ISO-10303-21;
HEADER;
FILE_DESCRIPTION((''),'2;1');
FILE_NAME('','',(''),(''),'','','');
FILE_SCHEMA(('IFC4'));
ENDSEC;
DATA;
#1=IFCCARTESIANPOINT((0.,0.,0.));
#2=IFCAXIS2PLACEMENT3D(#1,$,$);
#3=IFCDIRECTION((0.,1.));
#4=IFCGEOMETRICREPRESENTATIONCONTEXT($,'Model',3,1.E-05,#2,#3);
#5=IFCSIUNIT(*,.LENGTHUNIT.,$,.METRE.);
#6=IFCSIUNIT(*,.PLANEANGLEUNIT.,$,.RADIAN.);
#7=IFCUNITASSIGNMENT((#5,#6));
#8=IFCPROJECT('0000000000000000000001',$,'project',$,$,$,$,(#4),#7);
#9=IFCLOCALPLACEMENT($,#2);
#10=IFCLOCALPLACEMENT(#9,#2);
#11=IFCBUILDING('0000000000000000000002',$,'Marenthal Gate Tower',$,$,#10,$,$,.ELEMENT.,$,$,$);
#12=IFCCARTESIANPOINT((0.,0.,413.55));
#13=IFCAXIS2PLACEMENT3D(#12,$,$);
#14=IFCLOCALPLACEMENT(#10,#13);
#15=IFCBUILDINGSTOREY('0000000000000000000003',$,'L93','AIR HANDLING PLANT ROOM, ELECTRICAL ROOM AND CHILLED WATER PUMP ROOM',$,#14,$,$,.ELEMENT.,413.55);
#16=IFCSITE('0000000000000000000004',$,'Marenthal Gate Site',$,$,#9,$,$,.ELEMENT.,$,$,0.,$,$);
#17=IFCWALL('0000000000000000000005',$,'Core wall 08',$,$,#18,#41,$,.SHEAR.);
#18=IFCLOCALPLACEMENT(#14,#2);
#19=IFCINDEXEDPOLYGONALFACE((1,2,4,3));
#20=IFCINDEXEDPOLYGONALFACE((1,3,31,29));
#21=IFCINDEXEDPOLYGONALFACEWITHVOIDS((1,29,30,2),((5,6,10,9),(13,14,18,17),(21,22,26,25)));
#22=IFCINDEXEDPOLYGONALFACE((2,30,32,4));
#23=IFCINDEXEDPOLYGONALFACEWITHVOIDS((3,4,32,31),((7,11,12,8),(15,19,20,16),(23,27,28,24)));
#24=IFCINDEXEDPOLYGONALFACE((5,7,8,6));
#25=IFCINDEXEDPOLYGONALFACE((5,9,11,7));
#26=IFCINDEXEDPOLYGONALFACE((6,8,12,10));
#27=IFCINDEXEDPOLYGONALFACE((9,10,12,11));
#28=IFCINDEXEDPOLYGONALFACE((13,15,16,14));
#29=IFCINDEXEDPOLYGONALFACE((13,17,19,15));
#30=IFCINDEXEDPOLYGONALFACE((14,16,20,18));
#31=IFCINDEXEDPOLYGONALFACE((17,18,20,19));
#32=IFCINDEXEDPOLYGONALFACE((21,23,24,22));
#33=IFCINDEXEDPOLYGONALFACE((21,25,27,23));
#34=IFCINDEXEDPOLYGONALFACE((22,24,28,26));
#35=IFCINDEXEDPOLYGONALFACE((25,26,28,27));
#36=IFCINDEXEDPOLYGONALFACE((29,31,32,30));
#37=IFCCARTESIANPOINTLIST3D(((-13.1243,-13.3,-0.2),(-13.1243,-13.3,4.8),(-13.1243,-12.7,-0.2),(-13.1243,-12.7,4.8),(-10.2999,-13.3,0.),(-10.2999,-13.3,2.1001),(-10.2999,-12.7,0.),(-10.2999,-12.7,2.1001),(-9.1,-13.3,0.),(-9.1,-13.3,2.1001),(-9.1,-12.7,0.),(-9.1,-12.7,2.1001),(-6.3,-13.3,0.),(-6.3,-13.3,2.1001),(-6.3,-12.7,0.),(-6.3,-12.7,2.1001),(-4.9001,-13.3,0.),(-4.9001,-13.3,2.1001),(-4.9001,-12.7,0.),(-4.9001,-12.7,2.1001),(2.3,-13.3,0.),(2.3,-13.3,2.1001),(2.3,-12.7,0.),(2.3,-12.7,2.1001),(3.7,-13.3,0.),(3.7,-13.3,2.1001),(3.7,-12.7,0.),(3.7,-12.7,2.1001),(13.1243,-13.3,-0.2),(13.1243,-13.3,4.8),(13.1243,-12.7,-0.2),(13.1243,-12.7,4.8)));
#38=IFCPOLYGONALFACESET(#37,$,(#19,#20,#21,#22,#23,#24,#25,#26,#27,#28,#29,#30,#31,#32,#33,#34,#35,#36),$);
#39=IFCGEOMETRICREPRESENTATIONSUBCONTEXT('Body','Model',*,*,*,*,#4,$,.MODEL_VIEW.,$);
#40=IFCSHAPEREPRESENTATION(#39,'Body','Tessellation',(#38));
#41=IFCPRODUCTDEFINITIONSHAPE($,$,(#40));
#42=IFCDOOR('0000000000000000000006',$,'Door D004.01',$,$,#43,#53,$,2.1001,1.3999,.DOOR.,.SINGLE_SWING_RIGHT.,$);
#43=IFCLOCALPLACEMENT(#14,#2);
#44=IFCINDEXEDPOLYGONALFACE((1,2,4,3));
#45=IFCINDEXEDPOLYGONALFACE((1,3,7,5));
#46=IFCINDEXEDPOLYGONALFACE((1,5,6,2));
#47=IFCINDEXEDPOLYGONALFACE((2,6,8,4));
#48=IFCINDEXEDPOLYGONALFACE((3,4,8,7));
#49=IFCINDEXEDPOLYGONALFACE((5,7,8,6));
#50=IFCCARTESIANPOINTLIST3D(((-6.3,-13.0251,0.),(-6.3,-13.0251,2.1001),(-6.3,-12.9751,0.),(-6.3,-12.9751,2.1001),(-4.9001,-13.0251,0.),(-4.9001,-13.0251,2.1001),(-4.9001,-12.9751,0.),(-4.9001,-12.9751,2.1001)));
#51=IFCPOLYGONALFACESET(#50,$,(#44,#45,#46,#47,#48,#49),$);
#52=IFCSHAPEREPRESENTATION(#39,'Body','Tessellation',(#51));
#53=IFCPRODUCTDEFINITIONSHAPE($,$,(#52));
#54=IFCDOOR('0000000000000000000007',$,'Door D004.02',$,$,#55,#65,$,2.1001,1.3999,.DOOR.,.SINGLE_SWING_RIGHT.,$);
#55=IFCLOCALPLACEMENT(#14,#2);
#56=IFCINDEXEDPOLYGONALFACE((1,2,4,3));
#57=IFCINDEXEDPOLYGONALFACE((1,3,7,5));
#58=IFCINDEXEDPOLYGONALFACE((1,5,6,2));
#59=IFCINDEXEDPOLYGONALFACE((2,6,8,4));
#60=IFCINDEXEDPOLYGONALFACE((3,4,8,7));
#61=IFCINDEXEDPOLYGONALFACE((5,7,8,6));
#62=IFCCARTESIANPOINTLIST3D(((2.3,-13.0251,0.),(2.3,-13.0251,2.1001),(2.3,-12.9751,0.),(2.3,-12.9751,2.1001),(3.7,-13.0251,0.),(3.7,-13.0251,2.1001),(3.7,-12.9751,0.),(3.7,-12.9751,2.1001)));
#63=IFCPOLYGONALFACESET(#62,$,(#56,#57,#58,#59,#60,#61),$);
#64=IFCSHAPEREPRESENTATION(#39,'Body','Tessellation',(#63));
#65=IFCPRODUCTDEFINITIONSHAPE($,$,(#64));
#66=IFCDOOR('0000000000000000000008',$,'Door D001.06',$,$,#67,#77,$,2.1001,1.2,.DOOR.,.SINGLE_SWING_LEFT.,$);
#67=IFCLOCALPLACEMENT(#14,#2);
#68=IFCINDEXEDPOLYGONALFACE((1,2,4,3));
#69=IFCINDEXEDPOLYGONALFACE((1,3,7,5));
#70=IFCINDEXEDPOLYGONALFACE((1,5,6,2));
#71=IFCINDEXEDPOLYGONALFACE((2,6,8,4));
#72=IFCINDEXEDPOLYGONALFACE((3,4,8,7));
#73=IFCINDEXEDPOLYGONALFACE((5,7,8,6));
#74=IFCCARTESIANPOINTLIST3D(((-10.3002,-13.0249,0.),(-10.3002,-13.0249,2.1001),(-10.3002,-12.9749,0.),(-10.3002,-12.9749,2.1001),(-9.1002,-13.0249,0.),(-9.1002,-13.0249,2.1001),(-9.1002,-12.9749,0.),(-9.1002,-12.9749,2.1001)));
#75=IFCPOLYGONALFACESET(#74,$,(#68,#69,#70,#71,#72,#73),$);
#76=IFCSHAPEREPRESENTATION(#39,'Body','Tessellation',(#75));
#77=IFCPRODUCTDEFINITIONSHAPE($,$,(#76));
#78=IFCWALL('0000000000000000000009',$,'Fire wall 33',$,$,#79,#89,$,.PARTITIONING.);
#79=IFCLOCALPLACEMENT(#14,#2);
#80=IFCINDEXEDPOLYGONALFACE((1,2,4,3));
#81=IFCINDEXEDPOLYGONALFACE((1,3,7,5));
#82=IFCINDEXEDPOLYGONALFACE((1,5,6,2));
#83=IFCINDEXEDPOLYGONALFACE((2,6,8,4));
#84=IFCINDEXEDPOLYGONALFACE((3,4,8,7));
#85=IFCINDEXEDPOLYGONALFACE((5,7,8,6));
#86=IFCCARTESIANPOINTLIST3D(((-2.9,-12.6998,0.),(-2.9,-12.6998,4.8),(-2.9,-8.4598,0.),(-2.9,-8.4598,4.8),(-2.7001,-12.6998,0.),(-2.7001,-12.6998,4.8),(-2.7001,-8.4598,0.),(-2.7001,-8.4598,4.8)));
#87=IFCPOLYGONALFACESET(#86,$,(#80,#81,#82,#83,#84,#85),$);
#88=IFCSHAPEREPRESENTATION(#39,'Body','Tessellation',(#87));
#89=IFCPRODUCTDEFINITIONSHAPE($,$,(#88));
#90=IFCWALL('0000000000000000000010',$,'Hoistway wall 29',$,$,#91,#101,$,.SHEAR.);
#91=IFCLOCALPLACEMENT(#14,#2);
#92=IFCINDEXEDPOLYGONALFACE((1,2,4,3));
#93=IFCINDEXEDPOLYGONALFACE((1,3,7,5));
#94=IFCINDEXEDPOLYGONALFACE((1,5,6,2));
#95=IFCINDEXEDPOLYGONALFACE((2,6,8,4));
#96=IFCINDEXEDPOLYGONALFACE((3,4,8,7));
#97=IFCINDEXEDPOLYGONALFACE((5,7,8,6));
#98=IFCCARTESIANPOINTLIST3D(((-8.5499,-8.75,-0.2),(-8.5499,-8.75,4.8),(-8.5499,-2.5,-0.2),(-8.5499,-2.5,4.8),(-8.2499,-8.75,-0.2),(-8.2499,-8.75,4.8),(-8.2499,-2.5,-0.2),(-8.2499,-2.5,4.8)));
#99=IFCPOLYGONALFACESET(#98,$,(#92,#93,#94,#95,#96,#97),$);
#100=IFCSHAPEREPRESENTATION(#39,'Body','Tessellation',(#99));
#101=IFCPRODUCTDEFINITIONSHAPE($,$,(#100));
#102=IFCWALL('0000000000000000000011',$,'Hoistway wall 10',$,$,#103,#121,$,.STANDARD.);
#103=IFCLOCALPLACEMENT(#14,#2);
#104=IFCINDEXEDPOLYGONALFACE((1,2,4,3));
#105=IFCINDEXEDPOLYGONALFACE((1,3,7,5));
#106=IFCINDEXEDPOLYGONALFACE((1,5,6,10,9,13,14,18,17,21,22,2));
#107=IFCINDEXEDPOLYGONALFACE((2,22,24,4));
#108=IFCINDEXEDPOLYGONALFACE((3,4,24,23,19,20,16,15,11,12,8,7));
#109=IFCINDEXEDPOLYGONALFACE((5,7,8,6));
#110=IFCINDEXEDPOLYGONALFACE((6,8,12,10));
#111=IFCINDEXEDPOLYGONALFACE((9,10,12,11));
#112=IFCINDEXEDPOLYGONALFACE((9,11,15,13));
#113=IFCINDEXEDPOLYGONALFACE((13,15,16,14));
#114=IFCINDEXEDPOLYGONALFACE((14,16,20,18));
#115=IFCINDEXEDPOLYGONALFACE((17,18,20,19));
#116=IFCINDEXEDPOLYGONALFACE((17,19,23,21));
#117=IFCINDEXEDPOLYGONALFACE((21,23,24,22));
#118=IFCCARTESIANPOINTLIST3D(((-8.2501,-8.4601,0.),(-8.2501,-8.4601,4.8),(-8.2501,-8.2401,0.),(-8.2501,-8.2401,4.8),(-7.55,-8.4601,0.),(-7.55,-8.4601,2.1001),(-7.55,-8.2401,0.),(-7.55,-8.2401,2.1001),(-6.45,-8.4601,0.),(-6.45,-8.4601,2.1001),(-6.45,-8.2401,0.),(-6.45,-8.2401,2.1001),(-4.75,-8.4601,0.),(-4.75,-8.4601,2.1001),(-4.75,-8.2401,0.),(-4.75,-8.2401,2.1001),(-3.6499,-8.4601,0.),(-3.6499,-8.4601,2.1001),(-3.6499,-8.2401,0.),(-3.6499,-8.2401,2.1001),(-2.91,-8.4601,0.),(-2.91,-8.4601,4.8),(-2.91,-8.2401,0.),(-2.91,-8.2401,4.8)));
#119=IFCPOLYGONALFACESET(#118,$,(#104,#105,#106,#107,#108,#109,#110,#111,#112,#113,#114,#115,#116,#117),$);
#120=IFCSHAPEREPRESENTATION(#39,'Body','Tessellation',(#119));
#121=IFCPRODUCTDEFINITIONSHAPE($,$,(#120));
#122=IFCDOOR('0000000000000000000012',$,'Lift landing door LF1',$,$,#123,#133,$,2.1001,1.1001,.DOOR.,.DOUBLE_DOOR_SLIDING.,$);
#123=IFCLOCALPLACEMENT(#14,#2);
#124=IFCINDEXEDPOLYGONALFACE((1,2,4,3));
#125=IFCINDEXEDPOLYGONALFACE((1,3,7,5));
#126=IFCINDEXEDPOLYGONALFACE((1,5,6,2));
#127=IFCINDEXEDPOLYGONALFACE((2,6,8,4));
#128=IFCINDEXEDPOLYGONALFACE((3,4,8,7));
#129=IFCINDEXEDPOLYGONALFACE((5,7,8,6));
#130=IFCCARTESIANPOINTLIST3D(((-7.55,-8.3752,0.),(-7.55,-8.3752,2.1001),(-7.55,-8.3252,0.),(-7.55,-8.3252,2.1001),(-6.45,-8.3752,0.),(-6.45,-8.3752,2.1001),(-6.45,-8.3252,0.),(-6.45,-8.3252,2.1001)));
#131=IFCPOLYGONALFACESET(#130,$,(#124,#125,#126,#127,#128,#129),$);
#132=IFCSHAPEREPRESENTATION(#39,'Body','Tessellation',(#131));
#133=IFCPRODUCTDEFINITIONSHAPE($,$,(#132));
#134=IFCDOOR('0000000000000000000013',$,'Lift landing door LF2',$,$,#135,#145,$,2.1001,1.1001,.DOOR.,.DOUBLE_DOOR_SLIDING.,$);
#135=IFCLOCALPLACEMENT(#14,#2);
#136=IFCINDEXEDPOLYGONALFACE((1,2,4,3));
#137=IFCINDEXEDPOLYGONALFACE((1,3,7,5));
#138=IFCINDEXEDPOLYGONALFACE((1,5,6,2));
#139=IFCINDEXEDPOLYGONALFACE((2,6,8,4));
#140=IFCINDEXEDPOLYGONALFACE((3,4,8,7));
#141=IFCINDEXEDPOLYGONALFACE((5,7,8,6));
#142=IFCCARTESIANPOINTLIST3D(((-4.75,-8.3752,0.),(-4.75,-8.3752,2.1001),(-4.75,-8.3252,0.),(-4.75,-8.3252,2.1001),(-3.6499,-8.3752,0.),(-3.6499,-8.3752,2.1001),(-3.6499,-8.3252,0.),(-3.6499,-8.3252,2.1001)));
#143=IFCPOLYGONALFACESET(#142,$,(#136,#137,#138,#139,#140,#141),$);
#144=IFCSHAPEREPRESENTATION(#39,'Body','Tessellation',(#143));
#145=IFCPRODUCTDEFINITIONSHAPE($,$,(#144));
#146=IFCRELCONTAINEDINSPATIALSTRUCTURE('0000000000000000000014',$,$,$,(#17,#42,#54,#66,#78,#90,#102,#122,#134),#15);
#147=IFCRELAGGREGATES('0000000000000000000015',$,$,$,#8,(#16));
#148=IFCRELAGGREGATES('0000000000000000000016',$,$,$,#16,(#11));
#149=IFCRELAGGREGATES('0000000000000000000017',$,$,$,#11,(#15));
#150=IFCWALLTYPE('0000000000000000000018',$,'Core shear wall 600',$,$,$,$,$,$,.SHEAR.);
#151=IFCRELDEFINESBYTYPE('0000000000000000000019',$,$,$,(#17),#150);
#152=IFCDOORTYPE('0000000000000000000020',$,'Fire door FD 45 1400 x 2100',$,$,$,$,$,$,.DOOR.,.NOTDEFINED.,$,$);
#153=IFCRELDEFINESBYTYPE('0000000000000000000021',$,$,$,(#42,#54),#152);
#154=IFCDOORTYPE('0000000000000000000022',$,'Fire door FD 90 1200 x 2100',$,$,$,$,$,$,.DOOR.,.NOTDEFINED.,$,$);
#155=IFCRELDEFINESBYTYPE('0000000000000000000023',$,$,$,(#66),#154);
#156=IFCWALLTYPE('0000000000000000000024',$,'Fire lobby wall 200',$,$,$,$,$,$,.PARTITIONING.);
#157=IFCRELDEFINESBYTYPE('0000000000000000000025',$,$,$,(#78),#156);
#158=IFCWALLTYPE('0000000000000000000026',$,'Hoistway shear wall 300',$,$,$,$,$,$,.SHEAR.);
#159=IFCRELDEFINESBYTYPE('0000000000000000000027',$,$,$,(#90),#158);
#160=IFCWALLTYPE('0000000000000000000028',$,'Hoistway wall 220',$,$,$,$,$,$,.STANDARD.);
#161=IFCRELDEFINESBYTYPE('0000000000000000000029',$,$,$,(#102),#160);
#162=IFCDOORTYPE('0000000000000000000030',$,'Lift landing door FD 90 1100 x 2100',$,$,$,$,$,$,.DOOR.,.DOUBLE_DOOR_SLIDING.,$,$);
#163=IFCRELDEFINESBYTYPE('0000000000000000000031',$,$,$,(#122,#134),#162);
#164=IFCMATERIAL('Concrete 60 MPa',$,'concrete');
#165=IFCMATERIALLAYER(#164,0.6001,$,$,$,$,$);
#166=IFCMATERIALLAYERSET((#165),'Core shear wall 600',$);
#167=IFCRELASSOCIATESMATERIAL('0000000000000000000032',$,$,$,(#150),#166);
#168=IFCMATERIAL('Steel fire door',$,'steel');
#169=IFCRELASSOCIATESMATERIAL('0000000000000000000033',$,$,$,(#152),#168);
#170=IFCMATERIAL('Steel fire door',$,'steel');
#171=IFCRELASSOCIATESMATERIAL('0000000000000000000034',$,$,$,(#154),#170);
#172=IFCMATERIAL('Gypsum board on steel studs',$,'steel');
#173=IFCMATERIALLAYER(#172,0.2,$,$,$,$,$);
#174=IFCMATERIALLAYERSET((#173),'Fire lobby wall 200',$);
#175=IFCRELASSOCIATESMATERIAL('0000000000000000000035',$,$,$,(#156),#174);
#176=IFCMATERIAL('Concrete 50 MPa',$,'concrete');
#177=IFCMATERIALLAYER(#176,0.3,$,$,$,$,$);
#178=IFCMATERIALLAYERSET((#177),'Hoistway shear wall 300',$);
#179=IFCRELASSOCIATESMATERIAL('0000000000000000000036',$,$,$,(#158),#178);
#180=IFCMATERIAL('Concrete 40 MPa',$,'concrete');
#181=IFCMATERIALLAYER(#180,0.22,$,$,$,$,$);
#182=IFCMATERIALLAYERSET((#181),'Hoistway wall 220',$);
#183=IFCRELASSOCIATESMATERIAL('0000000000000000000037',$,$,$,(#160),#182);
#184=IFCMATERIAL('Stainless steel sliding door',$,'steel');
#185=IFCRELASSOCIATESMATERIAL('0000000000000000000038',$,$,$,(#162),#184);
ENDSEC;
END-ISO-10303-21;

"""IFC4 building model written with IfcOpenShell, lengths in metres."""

from ifc_helpers import new_model, si_unit, direction, frame, frame_2d, origin, place, context, subcontext, project, spatial, rectangle, extrude, material, layer, layer_set, type_object, element, fill, save


model = new_model("IFC4")

# Units and contexts
model_context = context("Model", 3, precision=1e-05, world=origin(), true_north=direction((0.0, 1.0)))
body_context = subcontext(model_context, "Body", "Model", "MODEL_VIEW")
ifc_project = project(units=[si_unit("LENGTHUNIT", "METRE"), si_unit("PLANEANGLEUNIT", "RADIAN")], contexts=[model_context])

# Site, building, storey
site_placement = place(None, origin())
site = spatial("IfcSite", under=ifc_project, at=site_placement, Name="Marenthal Gate Site", CompositionType="ELEMENT", RefElevation=0.0)
building_placement = place(site_placement, origin())
building = spatial("IfcBuilding", under=site, at=building_placement, Name="Marenthal Gate Tower", CompositionType="ELEMENT")
storey_placement = place(building_placement, frame((0.0, 0.0, 413.55)))
storey = spatial("IfcBuildingStorey", under=building, at=storey_placement, Name="L93", Description="AIR HANDLING PLANT ROOM, ELECTRICAL ROOM AND CHILLED WATER PUMP ROOM", CompositionType="ELEMENT", Elevation=413.55)

# Wall, openings, doors
ifc_material_1 = material(Name="Concrete 60 MPa", Category="concrete")
ifc_layer_1 = layer(ifc_material_1, 0.6001)
ifc_layer_set_1 = layer_set([ifc_layer_1], Name="Core shear wall 600")
wall_type_1 = type_object("IfcWallType", Name="Core shear wall 600", PredefinedType="SHEAR", material=ifc_layer_set_1)
wall_1_placement = place(storey_placement, frame((-13.1243, -13.0, -0.2), z_axis=(0.0, 0.0, 1.0), x_axis=(1.0, 0.0, 0.0)))
wall_1 = element("IfcWall", 1, at=wall_1_placement, inside=storey, type_object=wall_type_1, Name="Core wall 08", PredefinedType="SHEAR", context=body_context, shape_type="SweptSolid", body=[
    extrude(rectangle(XDim=26.2485, YDim=0.6001, at=frame_2d((13.1243, 0.0))), origin(), (0.0, 0.0, 1.0), 5.0),
])
opening_1_placement = place(wall_1_placement, frame((2.8242, 0.0, 0.2)))
opening_1 = element("IfcOpeningElement", 2, at=opening_1_placement, cuts=wall_1, PredefinedType="OPENING", context=body_context, shape_type="SweptSolid", body=[
    extrude(rectangle(XDim=1.2, YDim=2.1001, at=frame_2d((0.6001, 1.05))), frame((0.0, 0.3101, 0.0), z_axis=(0.0, -1.0, 0.0), x_axis=(1.0, 0.0, 0.0)), (0.0, 0.0, 1.0), 0.6201),
])
opening_2_placement = place(wall_1_placement, frame((6.8242, 0.0, 0.2)))
opening_2 = element("IfcOpeningElement", 3, at=opening_2_placement, cuts=wall_1, PredefinedType="OPENING", context=body_context, shape_type="SweptSolid", body=[
    extrude(rectangle(XDim=1.3999, YDim=2.1001, at=frame_2d((0.7, 1.05))), frame((0.0, 0.3101, 0.0), z_axis=(0.0, -1.0, 0.0), x_axis=(1.0, 0.0, 0.0)), (0.0, 0.0, 1.0), 0.6201),
])
opening_3_placement = place(wall_1_placement, frame((15.4243, 0.0, 0.2)))
opening_3 = element("IfcOpeningElement", 4, at=opening_3_placement, cuts=wall_1, PredefinedType="OPENING", context=body_context, shape_type="SweptSolid", body=[
    extrude(rectangle(XDim=1.3999, YDim=2.1001, at=frame_2d((0.7, 1.05))), frame((0.0, 0.3101, 0.0), z_axis=(0.0, -1.0, 0.0), x_axis=(1.0, 0.0, 0.0)), (0.0, 0.0, 1.0), 0.6201),
])
ifc_material_2 = material(Name="Steel fire door", Category="steel")
door_type_1 = type_object("IfcDoorType", Name="Fire door FD 45 1400 x 2100", OperationType="NOTDEFINED", PredefinedType="DOOR", material=ifc_material_2)
door_1_placement = place(opening_2_placement, origin())
door_1 = element("IfcDoor", 5, at=door_1_placement, inside=storey, type_object=door_type_1, Name="Door D004.01", OperationType="SINGLE_SWING_RIGHT", OverallHeight=2.1001, OverallWidth=1.3999, PredefinedType="DOOR", context=body_context, shape_type="SweptSolid", body=[
    extrude(rectangle(XDim=1.3999, YDim=2.1001, at=frame_2d((0.7, 1.05))), frame((0.0, 0.0249, 0.0), z_axis=(0.0, -1.0, 0.0), x_axis=(1.0, 0.0, 0.0)), (0.0, 0.0, 1.0), 0.05),
])
fill(opening_2, door_1)
door_2_placement = place(opening_3_placement, origin())
door_2 = element("IfcDoor", 6, at=door_2_placement, inside=storey, type_object=door_type_1, Name="Door D004.02", OperationType="SINGLE_SWING_RIGHT", OverallHeight=2.1001, OverallWidth=1.3999, PredefinedType="DOOR", context=body_context, shape_type="SweptSolid", body=[
    extrude(rectangle(XDim=1.3999, YDim=2.1001, at=frame_2d((0.7, 1.05))), frame((0.0, 0.0249, 0.0), z_axis=(0.0, -1.0, 0.0), x_axis=(1.0, 0.0, 0.0)), (0.0, 0.0, 1.0), 0.05),
])
fill(opening_3, door_2)
ifc_material_3 = material(Name="Steel fire door", Category="steel")
door_type_2 = type_object("IfcDoorType", Name="Fire door FD 90 1200 x 2100", OperationType="NOTDEFINED", PredefinedType="DOOR", material=ifc_material_3)
door_3_placement = place(opening_1_placement, frame((1.2, 0.0, 0.0), z_axis=(0.0, 0.0, 1.0), x_axis=(-1.0, 0.0, 0.0)))
door_3 = element("IfcDoor", 7, at=door_3_placement, inside=storey, type_object=door_type_2, Name="Door D001.06", OperationType="SINGLE_SWING_LEFT", OverallHeight=2.1001, OverallWidth=1.2, PredefinedType="DOOR", context=body_context, shape_type="SweptSolid", body=[
    extrude(rectangle(XDim=1.2, YDim=2.1001, at=frame_2d((0.6001, 1.05))), frame((0.0, 0.0249, 0.0), z_axis=(0.0, -1.0, 0.0), x_axis=(1.0, 0.0, 0.0)), (0.0, 0.0, 1.0), 0.05),
])
fill(opening_1, door_3)

# Walls
ifc_material_4 = material(Name="Gypsum board on steel studs", Category="steel")
ifc_layer_2 = layer(ifc_material_4, 0.2)
ifc_layer_set_2 = layer_set([ifc_layer_2], Name="Fire lobby wall 200")
wall_type_2 = type_object("IfcWallType", Name="Fire lobby wall 200", PredefinedType="PARTITIONING", material=ifc_layer_set_2)
wall_2_placement = place(storey_placement, frame((-2.8, -12.7, 0.0), z_axis=(0.0, 0.0, 1.0), x_axis=(0.0, 1.0, 0.0)))
element("IfcWall", 8, at=wall_2_placement, inside=storey, type_object=wall_type_2, Name="Fire wall 33", PredefinedType="PARTITIONING", context=body_context, shape_type="SweptSolid", body=[
    extrude(rectangle(XDim=4.24, YDim=0.2, at=frame_2d((2.1201, 0.0))), origin(), (0.0, 0.0, 1.0), 4.8),
])
ifc_material_5 = material(Name="Concrete 50 MPa", Category="concrete")
ifc_layer_3 = layer(ifc_material_5, 0.3)
ifc_layer_set_3 = layer_set([ifc_layer_3], Name="Hoistway shear wall 300")
wall_type_3 = type_object("IfcWallType", Name="Hoistway shear wall 300", PredefinedType="SHEAR", material=ifc_layer_set_3)
wall_3_placement = place(storey_placement, frame((-8.3999, -8.75, -0.2), z_axis=(0.0, 0.0, 1.0), x_axis=(0.0, 1.0, 0.0)))
element("IfcWall", 9, at=wall_3_placement, inside=storey, type_object=wall_type_3, Name="Hoistway wall 29", PredefinedType="SHEAR", context=body_context, shape_type="SweptSolid", body=[
    extrude(rectangle(XDim=6.25, YDim=0.3, at=frame_2d((3.125, 0.0))), origin(), (0.0, 0.0, 1.0), 5.0),
])

# Wall, openings, doors
ifc_material_6 = material(Name="Concrete 40 MPa", Category="concrete")
ifc_layer_4 = layer(ifc_material_6, 0.22)
ifc_layer_set_4 = layer_set([ifc_layer_4], Name="Hoistway wall 220")
wall_type_4 = type_object("IfcWallType", Name="Hoistway wall 220", PredefinedType="STANDARD", material=ifc_layer_set_4)
wall_4_placement = place(storey_placement, frame((-8.25, -8.3501, 0.0), z_axis=(0.0, 0.0, 1.0), x_axis=(1.0, 0.0, 0.0)))
wall_4 = element("IfcWall", 10, at=wall_4_placement, inside=storey, type_object=wall_type_4, Name="Hoistway wall 10", PredefinedType="STANDARD", context=body_context, shape_type="SweptSolid", body=[
    extrude(rectangle(XDim=5.3401, YDim=0.22, at=frame_2d((2.6699, 0.0))), origin(), (0.0, 0.0, 1.0), 4.8),
])
opening_4_placement = place(wall_4_placement, frame((0.7, 0.0, 0.0)))
opening_4 = element("IfcOpeningElement", 11, at=opening_4_placement, cuts=wall_4, PredefinedType="OPENING", context=body_context, shape_type="SweptSolid", body=[
    extrude(rectangle(XDim=1.1001, YDim=2.1001, at=frame_2d((0.55, 1.05))), frame((0.0, 0.1201, 0.0), z_axis=(0.0, -1.0, 0.0), x_axis=(1.0, 0.0, 0.0)), (0.0, 0.0, 1.0), 0.24),
])
opening_5_placement = place(wall_4_placement, frame((3.5, 0.0, 0.0)))
opening_5 = element("IfcOpeningElement", 12, at=opening_5_placement, cuts=wall_4, PredefinedType="OPENING", context=body_context, shape_type="SweptSolid", body=[
    extrude(rectangle(XDim=1.1001, YDim=2.1001, at=frame_2d((0.55, 1.05))), frame((0.0, 0.1201, 0.0), z_axis=(0.0, -1.0, 0.0), x_axis=(1.0, 0.0, 0.0)), (0.0, 0.0, 1.0), 0.24),
])
ifc_material_7 = material(Name="Stainless steel sliding door", Category="steel")
door_type_3 = type_object("IfcDoorType", Name="Lift landing door FD 90 1100 x 2100", OperationType="DOUBLE_DOOR_SLIDING", PredefinedType="DOOR", material=ifc_material_7)
door_4_placement = place(opening_4_placement, origin())
door_4 = element("IfcDoor", 13, at=door_4_placement, inside=storey, type_object=door_type_3, Name="Lift landing door LF1", OperationType="DOUBLE_DOOR_SLIDING", OverallHeight=2.1001, OverallWidth=1.1001, PredefinedType="DOOR", context=body_context, shape_type="SweptSolid", body=[
    extrude(rectangle(XDim=1.1001, YDim=2.1001, at=frame_2d((0.55, 1.05))), frame((0.0, 0.0249, 0.0), z_axis=(0.0, -1.0, 0.0), x_axis=(1.0, 0.0, 0.0)), (0.0, 0.0, 1.0), 0.05),
])
fill(opening_4, door_4)
door_5_placement = place(opening_5_placement, origin())
door_5 = element("IfcDoor", 14, at=door_5_placement, inside=storey, type_object=door_type_3, Name="Lift landing door LF2", OperationType="DOUBLE_DOOR_SLIDING", OverallHeight=2.1001, OverallWidth=1.1001, PredefinedType="DOOR", context=body_context, shape_type="SweptSolid", body=[
    extrude(rectangle(XDim=1.1001, YDim=2.1001, at=frame_2d((0.55, 1.05))), frame((0.0, 0.0249, 0.0), z_axis=(0.0, -1.0, 0.0), x_axis=(1.0, 0.0, 0.0)), (0.0, 0.0, 1.0), 0.05),
])
fill(opening_5, door_5)

save(model, "model.ifc")
